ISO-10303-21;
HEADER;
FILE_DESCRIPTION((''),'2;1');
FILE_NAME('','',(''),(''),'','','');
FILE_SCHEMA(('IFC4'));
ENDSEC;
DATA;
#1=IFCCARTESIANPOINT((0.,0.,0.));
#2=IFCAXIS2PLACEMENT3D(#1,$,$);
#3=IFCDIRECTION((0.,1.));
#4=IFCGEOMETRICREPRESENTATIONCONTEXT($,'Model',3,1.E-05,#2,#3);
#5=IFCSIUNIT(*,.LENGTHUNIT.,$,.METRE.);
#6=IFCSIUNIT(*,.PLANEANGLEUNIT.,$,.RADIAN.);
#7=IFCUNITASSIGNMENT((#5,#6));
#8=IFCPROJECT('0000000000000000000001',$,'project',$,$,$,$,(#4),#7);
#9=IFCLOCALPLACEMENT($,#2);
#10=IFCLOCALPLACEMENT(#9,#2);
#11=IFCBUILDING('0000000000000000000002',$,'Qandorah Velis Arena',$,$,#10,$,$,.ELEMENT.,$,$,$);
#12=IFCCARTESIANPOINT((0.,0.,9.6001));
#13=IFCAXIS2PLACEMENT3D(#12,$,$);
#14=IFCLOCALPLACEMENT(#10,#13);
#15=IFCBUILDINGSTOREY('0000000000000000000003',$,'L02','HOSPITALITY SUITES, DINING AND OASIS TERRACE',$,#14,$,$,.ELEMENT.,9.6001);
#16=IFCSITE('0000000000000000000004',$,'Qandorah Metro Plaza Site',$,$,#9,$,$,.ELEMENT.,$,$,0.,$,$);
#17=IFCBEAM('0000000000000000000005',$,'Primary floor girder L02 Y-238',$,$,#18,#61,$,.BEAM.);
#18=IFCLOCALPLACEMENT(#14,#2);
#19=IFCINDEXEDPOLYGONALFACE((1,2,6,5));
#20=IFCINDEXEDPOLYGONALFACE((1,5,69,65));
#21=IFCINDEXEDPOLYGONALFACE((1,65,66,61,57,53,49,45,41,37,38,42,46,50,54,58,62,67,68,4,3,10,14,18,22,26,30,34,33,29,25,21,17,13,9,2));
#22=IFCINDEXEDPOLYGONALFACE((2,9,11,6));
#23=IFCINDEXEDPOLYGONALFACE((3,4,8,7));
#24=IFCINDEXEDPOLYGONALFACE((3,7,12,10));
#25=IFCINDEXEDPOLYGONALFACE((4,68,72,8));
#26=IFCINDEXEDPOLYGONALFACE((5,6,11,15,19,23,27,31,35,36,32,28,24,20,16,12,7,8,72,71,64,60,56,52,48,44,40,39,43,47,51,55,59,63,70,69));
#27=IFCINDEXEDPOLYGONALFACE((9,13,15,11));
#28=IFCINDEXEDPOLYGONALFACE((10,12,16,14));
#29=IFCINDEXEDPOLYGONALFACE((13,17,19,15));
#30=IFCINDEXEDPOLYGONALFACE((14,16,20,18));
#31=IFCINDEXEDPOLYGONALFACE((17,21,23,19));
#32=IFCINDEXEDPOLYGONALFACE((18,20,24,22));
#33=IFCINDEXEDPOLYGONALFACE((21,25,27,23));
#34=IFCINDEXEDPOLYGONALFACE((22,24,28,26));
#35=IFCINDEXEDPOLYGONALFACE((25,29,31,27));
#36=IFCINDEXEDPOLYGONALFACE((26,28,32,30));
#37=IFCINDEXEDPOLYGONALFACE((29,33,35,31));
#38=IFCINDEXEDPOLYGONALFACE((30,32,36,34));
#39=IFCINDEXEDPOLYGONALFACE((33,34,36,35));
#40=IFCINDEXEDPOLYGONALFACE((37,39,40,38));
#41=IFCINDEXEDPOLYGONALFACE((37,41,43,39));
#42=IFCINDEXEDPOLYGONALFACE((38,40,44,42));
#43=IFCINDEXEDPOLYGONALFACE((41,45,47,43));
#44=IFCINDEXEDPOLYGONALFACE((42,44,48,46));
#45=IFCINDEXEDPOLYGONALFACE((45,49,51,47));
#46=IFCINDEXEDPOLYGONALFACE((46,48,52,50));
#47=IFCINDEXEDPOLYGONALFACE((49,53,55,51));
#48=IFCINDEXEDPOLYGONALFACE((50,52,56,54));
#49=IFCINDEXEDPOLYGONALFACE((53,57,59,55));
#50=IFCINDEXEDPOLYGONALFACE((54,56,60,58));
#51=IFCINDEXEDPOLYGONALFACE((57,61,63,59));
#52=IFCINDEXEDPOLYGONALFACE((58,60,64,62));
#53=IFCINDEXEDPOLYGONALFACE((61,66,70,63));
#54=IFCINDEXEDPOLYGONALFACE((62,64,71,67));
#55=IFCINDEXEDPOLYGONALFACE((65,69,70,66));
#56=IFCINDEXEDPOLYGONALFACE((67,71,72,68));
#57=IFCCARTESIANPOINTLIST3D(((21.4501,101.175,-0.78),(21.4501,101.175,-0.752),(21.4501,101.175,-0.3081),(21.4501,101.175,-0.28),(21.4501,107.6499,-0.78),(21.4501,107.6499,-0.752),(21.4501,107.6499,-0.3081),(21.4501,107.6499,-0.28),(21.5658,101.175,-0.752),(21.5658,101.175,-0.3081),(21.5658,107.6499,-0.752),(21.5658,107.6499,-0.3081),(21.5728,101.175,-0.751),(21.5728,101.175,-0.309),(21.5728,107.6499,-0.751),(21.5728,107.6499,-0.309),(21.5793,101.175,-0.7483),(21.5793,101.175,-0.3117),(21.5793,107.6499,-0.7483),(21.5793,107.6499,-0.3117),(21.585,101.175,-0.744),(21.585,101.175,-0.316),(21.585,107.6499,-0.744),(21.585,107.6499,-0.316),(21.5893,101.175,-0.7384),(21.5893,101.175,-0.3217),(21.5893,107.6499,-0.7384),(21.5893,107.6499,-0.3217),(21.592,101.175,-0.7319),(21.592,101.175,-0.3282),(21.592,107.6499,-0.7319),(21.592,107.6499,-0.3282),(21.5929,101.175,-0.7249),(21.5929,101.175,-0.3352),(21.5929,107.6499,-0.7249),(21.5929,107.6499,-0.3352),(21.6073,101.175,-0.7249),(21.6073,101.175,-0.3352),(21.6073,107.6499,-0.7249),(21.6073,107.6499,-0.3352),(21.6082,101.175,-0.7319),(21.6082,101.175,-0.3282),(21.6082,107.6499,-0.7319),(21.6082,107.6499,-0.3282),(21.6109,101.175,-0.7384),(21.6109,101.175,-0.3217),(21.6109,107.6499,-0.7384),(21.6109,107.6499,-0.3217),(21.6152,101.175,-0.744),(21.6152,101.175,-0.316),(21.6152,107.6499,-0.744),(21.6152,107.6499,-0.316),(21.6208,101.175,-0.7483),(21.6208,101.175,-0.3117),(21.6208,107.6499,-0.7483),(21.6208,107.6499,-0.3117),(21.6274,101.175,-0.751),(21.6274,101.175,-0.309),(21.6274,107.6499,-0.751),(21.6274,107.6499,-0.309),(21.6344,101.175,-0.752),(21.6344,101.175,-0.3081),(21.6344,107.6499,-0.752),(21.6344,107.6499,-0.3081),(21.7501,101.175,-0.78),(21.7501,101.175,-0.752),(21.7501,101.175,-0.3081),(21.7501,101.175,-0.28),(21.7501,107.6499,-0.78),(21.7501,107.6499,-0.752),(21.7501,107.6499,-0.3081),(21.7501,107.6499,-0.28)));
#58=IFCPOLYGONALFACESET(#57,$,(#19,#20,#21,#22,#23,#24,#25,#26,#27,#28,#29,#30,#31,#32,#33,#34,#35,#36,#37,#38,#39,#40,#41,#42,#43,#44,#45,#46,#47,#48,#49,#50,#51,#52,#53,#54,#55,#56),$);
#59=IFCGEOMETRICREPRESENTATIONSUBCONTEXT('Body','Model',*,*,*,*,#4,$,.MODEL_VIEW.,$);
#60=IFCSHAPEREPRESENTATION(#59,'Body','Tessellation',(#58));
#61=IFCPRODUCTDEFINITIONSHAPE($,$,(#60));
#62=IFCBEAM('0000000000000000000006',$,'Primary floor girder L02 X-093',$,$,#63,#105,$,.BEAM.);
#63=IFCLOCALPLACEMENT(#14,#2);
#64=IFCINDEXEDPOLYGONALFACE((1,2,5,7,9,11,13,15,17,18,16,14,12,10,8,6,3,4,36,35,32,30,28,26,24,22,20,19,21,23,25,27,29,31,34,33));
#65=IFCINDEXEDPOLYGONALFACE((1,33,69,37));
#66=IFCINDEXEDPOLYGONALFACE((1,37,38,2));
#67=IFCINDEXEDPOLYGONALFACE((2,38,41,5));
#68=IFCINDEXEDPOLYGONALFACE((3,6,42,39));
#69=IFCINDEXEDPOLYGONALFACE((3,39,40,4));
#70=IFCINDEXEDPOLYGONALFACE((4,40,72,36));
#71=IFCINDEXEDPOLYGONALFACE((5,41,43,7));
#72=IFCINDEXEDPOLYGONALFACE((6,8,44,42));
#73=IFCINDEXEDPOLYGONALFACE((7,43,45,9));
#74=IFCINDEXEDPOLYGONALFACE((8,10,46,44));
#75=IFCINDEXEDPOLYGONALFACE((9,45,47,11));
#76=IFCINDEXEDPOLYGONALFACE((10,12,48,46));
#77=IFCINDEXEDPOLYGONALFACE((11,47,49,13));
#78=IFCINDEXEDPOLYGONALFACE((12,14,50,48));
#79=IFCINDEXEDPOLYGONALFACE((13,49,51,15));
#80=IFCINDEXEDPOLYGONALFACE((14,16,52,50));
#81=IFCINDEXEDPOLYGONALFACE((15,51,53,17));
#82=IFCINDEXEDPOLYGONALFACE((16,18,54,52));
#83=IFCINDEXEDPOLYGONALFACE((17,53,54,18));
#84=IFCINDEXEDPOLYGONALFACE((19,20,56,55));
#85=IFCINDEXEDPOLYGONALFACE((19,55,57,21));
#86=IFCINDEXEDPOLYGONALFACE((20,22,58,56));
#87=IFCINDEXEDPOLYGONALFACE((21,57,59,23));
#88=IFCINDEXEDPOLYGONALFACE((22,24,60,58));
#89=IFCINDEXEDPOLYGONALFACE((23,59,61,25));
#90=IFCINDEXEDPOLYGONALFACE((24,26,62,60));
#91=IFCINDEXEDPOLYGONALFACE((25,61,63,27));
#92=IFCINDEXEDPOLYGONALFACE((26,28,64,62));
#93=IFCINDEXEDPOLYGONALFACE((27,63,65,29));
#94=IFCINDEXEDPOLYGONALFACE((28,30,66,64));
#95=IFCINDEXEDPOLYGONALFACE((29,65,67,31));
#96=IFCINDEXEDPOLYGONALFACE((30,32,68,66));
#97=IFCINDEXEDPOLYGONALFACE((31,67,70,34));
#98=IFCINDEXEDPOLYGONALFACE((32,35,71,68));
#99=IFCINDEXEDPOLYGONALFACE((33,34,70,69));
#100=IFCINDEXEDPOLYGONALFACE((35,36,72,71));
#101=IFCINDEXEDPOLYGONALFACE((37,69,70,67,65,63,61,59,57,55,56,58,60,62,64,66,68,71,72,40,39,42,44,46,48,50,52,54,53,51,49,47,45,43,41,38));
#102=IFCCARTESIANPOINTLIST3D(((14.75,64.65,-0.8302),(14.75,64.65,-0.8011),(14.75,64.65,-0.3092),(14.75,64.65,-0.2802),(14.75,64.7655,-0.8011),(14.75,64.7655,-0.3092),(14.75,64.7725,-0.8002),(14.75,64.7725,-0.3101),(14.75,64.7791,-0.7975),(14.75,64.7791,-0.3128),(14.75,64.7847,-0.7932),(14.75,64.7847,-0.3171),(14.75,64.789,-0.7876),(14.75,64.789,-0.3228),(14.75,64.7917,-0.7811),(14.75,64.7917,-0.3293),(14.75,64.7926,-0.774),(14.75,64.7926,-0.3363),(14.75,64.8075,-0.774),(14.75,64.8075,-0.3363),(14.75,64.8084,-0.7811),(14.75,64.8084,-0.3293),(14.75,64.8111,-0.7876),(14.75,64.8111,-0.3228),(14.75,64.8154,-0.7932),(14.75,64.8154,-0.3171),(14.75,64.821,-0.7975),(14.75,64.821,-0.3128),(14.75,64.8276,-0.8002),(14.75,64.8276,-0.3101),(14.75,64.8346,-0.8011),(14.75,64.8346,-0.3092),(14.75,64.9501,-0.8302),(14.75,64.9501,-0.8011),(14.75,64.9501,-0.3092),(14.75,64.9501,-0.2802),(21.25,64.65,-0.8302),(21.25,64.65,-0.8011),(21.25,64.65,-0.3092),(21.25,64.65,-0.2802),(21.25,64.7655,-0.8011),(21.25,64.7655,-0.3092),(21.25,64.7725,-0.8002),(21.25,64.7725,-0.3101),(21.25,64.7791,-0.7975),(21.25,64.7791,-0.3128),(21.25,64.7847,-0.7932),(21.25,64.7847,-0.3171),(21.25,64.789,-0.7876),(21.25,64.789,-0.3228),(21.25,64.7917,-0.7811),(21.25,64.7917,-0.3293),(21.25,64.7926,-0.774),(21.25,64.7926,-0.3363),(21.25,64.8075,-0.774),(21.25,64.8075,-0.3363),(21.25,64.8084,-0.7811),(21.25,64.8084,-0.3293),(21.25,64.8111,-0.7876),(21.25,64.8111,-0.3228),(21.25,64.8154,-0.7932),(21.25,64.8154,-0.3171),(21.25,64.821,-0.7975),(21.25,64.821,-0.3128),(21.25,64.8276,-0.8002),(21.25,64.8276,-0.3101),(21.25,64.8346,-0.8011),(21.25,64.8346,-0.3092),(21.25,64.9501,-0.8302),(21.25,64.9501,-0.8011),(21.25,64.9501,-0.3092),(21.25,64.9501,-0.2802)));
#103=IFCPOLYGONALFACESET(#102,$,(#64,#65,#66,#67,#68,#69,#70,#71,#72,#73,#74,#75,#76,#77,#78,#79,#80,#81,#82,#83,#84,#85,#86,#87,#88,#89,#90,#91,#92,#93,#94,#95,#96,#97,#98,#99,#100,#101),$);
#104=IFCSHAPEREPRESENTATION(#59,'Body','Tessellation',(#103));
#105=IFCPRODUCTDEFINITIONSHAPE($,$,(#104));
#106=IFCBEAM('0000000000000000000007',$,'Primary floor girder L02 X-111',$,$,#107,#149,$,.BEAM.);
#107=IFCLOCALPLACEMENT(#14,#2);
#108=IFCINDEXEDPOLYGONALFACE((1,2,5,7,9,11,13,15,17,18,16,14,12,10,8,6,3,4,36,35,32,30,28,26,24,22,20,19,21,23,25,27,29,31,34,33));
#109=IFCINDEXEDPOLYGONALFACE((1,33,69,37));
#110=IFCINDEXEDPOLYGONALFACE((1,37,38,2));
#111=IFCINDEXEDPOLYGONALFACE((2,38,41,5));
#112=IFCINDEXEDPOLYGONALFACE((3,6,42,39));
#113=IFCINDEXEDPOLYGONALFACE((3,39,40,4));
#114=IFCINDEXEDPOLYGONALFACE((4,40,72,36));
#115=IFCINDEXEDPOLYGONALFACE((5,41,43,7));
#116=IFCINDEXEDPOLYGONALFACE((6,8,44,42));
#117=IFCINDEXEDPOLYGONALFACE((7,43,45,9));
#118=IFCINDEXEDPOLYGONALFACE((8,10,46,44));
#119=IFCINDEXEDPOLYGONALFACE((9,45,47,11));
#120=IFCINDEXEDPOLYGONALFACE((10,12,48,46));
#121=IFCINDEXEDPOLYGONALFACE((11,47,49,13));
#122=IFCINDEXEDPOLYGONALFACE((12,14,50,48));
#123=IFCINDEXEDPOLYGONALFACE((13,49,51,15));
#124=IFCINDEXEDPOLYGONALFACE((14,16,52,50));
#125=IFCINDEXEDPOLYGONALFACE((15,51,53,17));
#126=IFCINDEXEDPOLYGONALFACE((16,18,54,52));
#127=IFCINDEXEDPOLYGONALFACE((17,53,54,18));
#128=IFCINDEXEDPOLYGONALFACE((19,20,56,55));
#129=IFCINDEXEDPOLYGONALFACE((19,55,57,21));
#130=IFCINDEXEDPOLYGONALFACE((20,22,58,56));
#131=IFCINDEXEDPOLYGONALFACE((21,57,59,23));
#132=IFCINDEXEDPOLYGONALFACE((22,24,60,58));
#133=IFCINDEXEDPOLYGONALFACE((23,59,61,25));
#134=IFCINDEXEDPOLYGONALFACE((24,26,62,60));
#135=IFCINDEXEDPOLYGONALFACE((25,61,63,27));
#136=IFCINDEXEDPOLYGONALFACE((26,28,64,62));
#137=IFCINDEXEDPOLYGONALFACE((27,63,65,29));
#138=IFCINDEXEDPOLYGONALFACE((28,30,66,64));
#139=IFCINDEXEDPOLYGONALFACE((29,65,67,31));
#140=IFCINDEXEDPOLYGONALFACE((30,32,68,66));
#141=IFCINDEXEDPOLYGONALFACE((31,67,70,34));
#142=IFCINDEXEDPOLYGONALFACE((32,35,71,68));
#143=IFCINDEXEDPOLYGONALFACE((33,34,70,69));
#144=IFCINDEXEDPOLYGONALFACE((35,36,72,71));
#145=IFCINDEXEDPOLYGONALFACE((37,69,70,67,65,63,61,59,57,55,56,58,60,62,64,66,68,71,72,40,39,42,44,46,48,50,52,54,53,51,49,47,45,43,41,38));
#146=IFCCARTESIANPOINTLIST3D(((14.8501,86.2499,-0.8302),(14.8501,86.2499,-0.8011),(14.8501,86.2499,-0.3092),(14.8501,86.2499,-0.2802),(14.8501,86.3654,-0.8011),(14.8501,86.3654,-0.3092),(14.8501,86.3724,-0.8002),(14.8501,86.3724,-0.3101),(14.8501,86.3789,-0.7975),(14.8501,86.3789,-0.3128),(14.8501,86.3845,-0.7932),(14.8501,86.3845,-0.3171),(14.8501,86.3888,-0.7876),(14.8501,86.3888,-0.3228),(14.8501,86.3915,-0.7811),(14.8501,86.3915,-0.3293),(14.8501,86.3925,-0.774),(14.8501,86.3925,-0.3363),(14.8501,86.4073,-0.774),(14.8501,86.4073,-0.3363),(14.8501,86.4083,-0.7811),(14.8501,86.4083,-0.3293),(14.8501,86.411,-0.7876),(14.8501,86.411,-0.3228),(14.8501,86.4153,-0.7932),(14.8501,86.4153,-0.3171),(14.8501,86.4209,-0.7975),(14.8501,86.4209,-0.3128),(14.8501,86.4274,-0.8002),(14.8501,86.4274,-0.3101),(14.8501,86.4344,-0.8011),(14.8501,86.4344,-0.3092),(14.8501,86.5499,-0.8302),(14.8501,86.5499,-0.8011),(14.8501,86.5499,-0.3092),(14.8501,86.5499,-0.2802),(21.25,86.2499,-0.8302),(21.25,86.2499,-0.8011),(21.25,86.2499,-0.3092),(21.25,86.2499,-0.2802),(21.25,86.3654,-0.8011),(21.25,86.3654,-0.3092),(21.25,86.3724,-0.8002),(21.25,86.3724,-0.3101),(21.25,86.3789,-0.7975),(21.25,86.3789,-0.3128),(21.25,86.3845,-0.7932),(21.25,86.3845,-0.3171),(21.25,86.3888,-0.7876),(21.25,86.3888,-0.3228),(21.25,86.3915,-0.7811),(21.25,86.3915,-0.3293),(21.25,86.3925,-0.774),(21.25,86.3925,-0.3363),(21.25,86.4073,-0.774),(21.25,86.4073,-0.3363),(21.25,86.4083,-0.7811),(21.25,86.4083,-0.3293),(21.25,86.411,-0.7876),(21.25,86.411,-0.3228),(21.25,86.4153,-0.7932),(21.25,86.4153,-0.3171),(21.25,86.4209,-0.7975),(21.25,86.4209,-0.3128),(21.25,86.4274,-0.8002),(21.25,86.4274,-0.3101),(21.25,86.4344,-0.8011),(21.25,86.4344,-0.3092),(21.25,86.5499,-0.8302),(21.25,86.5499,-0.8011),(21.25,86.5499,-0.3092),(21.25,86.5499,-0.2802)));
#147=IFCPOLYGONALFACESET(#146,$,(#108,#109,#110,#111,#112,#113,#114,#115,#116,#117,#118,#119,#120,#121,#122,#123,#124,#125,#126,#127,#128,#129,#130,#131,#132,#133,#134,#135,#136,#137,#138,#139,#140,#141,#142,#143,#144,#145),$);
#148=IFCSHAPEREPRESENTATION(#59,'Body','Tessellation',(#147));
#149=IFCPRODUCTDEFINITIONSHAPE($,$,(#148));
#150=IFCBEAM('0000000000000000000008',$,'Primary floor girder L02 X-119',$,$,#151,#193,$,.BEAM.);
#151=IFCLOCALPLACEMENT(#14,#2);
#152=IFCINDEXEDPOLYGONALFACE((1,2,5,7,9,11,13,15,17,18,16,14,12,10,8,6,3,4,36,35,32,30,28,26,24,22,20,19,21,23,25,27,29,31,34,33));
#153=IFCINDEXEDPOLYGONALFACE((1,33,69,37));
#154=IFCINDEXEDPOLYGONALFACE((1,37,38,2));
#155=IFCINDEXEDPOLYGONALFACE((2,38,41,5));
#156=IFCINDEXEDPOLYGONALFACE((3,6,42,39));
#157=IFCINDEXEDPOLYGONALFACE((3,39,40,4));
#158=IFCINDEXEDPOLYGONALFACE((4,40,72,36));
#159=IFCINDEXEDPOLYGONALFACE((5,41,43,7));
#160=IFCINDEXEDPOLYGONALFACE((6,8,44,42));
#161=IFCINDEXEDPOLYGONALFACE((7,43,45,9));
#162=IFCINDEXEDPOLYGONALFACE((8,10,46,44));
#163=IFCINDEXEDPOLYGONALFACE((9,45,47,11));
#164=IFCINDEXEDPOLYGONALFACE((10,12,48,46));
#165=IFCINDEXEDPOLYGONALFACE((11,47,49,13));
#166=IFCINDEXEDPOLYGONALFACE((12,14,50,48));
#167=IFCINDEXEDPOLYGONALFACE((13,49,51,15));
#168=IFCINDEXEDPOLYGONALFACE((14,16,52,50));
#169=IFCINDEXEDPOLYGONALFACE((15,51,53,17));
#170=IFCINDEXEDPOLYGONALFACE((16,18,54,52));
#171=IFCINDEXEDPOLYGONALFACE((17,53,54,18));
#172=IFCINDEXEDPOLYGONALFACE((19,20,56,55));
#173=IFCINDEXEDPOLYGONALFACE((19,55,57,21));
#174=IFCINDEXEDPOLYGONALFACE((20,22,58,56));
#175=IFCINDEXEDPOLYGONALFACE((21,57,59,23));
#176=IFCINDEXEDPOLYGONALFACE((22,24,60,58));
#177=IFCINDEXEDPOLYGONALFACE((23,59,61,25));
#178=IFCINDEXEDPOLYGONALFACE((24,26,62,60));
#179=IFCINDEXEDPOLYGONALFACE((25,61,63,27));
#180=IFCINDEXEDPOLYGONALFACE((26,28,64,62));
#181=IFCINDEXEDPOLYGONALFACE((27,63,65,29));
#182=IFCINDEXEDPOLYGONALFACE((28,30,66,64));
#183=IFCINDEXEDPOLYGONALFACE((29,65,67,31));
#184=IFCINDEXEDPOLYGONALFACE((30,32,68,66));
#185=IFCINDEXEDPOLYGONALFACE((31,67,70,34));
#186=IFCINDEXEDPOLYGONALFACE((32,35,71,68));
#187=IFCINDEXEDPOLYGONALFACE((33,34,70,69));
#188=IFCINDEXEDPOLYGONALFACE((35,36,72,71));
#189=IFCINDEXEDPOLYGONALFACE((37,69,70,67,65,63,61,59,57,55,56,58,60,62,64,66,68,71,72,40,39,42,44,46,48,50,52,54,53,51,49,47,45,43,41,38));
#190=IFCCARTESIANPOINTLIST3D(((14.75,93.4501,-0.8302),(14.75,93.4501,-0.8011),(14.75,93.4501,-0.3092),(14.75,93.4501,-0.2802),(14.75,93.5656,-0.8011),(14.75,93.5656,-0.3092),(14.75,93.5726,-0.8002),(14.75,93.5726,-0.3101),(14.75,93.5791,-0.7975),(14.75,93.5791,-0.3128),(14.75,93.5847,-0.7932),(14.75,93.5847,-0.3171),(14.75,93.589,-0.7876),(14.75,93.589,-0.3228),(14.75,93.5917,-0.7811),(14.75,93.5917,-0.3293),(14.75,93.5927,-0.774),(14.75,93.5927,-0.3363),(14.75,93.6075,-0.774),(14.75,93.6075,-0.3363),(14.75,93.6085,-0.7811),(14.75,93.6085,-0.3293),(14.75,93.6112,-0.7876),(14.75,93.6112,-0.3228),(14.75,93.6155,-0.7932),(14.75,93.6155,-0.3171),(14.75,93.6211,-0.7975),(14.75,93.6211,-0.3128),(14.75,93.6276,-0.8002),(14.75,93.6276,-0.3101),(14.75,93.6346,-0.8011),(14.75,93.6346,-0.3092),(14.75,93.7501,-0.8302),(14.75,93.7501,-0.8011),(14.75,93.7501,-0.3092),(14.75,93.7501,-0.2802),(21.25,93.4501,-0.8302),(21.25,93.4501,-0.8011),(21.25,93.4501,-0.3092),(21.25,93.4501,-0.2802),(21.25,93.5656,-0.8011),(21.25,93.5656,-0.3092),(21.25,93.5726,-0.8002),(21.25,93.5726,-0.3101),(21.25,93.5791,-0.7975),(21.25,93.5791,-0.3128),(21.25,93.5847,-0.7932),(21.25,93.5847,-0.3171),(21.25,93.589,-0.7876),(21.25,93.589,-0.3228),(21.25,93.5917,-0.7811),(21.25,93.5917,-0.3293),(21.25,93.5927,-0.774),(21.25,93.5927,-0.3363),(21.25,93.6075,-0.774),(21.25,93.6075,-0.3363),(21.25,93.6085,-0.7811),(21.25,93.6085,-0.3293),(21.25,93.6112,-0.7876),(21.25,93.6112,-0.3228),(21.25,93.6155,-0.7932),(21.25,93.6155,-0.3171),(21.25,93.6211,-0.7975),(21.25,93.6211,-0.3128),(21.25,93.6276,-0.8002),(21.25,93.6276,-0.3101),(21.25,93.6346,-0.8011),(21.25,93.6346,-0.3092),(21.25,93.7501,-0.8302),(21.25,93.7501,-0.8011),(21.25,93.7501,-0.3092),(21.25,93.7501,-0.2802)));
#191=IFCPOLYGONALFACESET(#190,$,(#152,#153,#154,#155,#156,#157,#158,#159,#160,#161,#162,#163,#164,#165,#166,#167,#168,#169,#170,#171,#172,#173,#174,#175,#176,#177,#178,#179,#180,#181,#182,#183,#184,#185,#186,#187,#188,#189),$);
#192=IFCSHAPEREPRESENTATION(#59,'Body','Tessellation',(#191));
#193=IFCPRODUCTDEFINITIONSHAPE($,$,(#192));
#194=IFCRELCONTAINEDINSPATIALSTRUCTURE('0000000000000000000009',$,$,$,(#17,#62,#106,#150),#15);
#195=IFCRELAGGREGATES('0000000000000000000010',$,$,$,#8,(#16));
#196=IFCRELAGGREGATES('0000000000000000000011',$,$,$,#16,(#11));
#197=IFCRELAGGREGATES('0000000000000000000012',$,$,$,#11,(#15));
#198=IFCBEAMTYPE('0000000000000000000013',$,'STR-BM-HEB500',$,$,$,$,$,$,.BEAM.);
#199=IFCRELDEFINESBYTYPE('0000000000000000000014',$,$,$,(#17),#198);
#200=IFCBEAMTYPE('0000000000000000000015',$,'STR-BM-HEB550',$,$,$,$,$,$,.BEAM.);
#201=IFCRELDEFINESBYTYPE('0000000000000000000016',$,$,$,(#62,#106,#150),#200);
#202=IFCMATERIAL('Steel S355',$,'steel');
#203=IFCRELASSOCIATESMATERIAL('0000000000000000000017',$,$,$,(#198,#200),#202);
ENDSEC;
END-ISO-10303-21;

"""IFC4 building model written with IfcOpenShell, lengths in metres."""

from ifc_helpers import new_model, si_unit, direction, frame, origin, origin_2d, place, context, subcontext, project, spatial, i_section, extrude, material, material_profile, profile_set, type_object, element, save


model = new_model("IFC4")

# Units and contexts
model_context = context("Model", 3, precision=1e-05, world=origin(), true_north=direction((0.0, 1.0)))
body_context = subcontext(model_context, "Body", "Model", "MODEL_VIEW")
ifc_project = project(units=[si_unit("LENGTHUNIT", "METRE"), si_unit("PLANEANGLEUNIT", "RADIAN")], contexts=[model_context])

# Site, building, storey
site_placement = place(None, origin())
site = spatial("IfcSite", under=ifc_project, at=site_placement, Name="Qandorah Metro Plaza Site", CompositionType="ELEMENT", RefElevation=0.0)
building_placement = place(site_placement, origin())
building = spatial("IfcBuilding", under=site, at=building_placement, Name="Qandorah Velis Arena", CompositionType="ELEMENT")
storey_placement = place(building_placement, frame((0.0, 0.0, 9.6001)))
storey = spatial("IfcBuildingStorey", under=building, at=storey_placement, Name="L02", Description="HOSPITALITY SUITES, DINING AND OASIS TERRACE", CompositionType="ELEMENT", Elevation=9.6001)

# Shared definitions
ifc_material_1 = material(Name="Steel S355", Category="steel")

# Beams
ifc_material_profile_1 = material_profile(ifc_material_1, i_section(OverallWidth=0.3, OverallDepth=0.5, WebThickness=0.0144, FlangeThickness=0.0281, FilletRadius=0.0271, at=origin_2d()), Name="HEB 500")
ifc_profile_set_1 = profile_set([ifc_material_profile_1], Name="Steel S355")
beam_type_1 = type_object("IfcBeamType", Name="STR-BM-HEB500", PredefinedType="BEAM", material=ifc_profile_set_1)
beam_1_placement = place(storey_placement, frame((21.6001, 101.175, -0.53), z_axis=(0.0, 1.0, 0.0), x_axis=(-1.0, 0.0, 0.0)))
element("IfcBeam", 1, at=beam_1_placement, inside=storey, type_object=beam_type_1, Name="Primary floor girder L02 Y-238", PredefinedType="BEAM", context=body_context, shape_type="SweptSolid", body=[
    extrude(i_section(OverallWidth=0.3, OverallDepth=0.5, WebThickness=0.0144, FlangeThickness=0.0281, FilletRadius=0.0271, at=origin_2d()), origin(), (0.0, 0.0, 1.0), 6.4749),
])
ifc_material_profile_2 = material_profile(ifc_material_1, i_section(OverallWidth=0.3, OverallDepth=0.55, WebThickness=0.0149, FlangeThickness=0.0291, FilletRadius=0.0271, at=origin_2d()), Name="HEB 550")
ifc_profile_set_2 = profile_set([ifc_material_profile_2], Name="Steel S355")
beam_type_2 = type_object("IfcBeamType", Name="STR-BM-HEB550", PredefinedType="BEAM", material=ifc_profile_set_2)
beam_2_placement = place(storey_placement, frame((14.75, 64.8, -0.5552), z_axis=(1.0, 0.0, 0.0), x_axis=(0.0, 1.0, 0.0)))
element("IfcBeam", 2, at=beam_2_placement, inside=storey, type_object=beam_type_2, Name="Primary floor girder L02 X-093", PredefinedType="BEAM", context=body_context, shape_type="SweptSolid", body=[
    extrude(i_section(OverallWidth=0.3, OverallDepth=0.55, WebThickness=0.0149, FlangeThickness=0.0291, FilletRadius=0.0271, at=origin_2d()), origin(), (0.0, 0.0, 1.0), 6.5),
])
beam_3_placement = place(storey_placement, frame((14.8501, 86.3999, -0.5552), z_axis=(1.0, 0.0, 0.0), x_axis=(0.0, 1.0, 0.0)))
element("IfcBeam", 3, at=beam_3_placement, inside=storey, type_object=beam_type_2, Name="Primary floor girder L02 X-111", PredefinedType="BEAM", context=body_context, shape_type="SweptSolid", body=[
    extrude(i_section(OverallWidth=0.3, OverallDepth=0.55, WebThickness=0.0149, FlangeThickness=0.0291, FilletRadius=0.0271, at=origin_2d()), origin(), (0.0, 0.0, 1.0), 6.3999),
])
beam_4_placement = place(storey_placement, frame((14.75, 93.6001, -0.5552), z_axis=(1.0, 0.0, 0.0), x_axis=(0.0, 1.0, 0.0)))
element("IfcBeam", 4, at=beam_4_placement, inside=storey, type_object=beam_type_2, Name="Primary floor girder L02 X-119", PredefinedType="BEAM", context=body_context, shape_type="SweptSolid", body=[
    extrude(i_section(OverallWidth=0.3, OverallDepth=0.55, WebThickness=0.0149, FlangeThickness=0.0291, FilletRadius=0.0271, at=origin_2d()), origin(), (0.0, 0.0, 1.0), 6.5),
])

save(model, "model.ifc")
